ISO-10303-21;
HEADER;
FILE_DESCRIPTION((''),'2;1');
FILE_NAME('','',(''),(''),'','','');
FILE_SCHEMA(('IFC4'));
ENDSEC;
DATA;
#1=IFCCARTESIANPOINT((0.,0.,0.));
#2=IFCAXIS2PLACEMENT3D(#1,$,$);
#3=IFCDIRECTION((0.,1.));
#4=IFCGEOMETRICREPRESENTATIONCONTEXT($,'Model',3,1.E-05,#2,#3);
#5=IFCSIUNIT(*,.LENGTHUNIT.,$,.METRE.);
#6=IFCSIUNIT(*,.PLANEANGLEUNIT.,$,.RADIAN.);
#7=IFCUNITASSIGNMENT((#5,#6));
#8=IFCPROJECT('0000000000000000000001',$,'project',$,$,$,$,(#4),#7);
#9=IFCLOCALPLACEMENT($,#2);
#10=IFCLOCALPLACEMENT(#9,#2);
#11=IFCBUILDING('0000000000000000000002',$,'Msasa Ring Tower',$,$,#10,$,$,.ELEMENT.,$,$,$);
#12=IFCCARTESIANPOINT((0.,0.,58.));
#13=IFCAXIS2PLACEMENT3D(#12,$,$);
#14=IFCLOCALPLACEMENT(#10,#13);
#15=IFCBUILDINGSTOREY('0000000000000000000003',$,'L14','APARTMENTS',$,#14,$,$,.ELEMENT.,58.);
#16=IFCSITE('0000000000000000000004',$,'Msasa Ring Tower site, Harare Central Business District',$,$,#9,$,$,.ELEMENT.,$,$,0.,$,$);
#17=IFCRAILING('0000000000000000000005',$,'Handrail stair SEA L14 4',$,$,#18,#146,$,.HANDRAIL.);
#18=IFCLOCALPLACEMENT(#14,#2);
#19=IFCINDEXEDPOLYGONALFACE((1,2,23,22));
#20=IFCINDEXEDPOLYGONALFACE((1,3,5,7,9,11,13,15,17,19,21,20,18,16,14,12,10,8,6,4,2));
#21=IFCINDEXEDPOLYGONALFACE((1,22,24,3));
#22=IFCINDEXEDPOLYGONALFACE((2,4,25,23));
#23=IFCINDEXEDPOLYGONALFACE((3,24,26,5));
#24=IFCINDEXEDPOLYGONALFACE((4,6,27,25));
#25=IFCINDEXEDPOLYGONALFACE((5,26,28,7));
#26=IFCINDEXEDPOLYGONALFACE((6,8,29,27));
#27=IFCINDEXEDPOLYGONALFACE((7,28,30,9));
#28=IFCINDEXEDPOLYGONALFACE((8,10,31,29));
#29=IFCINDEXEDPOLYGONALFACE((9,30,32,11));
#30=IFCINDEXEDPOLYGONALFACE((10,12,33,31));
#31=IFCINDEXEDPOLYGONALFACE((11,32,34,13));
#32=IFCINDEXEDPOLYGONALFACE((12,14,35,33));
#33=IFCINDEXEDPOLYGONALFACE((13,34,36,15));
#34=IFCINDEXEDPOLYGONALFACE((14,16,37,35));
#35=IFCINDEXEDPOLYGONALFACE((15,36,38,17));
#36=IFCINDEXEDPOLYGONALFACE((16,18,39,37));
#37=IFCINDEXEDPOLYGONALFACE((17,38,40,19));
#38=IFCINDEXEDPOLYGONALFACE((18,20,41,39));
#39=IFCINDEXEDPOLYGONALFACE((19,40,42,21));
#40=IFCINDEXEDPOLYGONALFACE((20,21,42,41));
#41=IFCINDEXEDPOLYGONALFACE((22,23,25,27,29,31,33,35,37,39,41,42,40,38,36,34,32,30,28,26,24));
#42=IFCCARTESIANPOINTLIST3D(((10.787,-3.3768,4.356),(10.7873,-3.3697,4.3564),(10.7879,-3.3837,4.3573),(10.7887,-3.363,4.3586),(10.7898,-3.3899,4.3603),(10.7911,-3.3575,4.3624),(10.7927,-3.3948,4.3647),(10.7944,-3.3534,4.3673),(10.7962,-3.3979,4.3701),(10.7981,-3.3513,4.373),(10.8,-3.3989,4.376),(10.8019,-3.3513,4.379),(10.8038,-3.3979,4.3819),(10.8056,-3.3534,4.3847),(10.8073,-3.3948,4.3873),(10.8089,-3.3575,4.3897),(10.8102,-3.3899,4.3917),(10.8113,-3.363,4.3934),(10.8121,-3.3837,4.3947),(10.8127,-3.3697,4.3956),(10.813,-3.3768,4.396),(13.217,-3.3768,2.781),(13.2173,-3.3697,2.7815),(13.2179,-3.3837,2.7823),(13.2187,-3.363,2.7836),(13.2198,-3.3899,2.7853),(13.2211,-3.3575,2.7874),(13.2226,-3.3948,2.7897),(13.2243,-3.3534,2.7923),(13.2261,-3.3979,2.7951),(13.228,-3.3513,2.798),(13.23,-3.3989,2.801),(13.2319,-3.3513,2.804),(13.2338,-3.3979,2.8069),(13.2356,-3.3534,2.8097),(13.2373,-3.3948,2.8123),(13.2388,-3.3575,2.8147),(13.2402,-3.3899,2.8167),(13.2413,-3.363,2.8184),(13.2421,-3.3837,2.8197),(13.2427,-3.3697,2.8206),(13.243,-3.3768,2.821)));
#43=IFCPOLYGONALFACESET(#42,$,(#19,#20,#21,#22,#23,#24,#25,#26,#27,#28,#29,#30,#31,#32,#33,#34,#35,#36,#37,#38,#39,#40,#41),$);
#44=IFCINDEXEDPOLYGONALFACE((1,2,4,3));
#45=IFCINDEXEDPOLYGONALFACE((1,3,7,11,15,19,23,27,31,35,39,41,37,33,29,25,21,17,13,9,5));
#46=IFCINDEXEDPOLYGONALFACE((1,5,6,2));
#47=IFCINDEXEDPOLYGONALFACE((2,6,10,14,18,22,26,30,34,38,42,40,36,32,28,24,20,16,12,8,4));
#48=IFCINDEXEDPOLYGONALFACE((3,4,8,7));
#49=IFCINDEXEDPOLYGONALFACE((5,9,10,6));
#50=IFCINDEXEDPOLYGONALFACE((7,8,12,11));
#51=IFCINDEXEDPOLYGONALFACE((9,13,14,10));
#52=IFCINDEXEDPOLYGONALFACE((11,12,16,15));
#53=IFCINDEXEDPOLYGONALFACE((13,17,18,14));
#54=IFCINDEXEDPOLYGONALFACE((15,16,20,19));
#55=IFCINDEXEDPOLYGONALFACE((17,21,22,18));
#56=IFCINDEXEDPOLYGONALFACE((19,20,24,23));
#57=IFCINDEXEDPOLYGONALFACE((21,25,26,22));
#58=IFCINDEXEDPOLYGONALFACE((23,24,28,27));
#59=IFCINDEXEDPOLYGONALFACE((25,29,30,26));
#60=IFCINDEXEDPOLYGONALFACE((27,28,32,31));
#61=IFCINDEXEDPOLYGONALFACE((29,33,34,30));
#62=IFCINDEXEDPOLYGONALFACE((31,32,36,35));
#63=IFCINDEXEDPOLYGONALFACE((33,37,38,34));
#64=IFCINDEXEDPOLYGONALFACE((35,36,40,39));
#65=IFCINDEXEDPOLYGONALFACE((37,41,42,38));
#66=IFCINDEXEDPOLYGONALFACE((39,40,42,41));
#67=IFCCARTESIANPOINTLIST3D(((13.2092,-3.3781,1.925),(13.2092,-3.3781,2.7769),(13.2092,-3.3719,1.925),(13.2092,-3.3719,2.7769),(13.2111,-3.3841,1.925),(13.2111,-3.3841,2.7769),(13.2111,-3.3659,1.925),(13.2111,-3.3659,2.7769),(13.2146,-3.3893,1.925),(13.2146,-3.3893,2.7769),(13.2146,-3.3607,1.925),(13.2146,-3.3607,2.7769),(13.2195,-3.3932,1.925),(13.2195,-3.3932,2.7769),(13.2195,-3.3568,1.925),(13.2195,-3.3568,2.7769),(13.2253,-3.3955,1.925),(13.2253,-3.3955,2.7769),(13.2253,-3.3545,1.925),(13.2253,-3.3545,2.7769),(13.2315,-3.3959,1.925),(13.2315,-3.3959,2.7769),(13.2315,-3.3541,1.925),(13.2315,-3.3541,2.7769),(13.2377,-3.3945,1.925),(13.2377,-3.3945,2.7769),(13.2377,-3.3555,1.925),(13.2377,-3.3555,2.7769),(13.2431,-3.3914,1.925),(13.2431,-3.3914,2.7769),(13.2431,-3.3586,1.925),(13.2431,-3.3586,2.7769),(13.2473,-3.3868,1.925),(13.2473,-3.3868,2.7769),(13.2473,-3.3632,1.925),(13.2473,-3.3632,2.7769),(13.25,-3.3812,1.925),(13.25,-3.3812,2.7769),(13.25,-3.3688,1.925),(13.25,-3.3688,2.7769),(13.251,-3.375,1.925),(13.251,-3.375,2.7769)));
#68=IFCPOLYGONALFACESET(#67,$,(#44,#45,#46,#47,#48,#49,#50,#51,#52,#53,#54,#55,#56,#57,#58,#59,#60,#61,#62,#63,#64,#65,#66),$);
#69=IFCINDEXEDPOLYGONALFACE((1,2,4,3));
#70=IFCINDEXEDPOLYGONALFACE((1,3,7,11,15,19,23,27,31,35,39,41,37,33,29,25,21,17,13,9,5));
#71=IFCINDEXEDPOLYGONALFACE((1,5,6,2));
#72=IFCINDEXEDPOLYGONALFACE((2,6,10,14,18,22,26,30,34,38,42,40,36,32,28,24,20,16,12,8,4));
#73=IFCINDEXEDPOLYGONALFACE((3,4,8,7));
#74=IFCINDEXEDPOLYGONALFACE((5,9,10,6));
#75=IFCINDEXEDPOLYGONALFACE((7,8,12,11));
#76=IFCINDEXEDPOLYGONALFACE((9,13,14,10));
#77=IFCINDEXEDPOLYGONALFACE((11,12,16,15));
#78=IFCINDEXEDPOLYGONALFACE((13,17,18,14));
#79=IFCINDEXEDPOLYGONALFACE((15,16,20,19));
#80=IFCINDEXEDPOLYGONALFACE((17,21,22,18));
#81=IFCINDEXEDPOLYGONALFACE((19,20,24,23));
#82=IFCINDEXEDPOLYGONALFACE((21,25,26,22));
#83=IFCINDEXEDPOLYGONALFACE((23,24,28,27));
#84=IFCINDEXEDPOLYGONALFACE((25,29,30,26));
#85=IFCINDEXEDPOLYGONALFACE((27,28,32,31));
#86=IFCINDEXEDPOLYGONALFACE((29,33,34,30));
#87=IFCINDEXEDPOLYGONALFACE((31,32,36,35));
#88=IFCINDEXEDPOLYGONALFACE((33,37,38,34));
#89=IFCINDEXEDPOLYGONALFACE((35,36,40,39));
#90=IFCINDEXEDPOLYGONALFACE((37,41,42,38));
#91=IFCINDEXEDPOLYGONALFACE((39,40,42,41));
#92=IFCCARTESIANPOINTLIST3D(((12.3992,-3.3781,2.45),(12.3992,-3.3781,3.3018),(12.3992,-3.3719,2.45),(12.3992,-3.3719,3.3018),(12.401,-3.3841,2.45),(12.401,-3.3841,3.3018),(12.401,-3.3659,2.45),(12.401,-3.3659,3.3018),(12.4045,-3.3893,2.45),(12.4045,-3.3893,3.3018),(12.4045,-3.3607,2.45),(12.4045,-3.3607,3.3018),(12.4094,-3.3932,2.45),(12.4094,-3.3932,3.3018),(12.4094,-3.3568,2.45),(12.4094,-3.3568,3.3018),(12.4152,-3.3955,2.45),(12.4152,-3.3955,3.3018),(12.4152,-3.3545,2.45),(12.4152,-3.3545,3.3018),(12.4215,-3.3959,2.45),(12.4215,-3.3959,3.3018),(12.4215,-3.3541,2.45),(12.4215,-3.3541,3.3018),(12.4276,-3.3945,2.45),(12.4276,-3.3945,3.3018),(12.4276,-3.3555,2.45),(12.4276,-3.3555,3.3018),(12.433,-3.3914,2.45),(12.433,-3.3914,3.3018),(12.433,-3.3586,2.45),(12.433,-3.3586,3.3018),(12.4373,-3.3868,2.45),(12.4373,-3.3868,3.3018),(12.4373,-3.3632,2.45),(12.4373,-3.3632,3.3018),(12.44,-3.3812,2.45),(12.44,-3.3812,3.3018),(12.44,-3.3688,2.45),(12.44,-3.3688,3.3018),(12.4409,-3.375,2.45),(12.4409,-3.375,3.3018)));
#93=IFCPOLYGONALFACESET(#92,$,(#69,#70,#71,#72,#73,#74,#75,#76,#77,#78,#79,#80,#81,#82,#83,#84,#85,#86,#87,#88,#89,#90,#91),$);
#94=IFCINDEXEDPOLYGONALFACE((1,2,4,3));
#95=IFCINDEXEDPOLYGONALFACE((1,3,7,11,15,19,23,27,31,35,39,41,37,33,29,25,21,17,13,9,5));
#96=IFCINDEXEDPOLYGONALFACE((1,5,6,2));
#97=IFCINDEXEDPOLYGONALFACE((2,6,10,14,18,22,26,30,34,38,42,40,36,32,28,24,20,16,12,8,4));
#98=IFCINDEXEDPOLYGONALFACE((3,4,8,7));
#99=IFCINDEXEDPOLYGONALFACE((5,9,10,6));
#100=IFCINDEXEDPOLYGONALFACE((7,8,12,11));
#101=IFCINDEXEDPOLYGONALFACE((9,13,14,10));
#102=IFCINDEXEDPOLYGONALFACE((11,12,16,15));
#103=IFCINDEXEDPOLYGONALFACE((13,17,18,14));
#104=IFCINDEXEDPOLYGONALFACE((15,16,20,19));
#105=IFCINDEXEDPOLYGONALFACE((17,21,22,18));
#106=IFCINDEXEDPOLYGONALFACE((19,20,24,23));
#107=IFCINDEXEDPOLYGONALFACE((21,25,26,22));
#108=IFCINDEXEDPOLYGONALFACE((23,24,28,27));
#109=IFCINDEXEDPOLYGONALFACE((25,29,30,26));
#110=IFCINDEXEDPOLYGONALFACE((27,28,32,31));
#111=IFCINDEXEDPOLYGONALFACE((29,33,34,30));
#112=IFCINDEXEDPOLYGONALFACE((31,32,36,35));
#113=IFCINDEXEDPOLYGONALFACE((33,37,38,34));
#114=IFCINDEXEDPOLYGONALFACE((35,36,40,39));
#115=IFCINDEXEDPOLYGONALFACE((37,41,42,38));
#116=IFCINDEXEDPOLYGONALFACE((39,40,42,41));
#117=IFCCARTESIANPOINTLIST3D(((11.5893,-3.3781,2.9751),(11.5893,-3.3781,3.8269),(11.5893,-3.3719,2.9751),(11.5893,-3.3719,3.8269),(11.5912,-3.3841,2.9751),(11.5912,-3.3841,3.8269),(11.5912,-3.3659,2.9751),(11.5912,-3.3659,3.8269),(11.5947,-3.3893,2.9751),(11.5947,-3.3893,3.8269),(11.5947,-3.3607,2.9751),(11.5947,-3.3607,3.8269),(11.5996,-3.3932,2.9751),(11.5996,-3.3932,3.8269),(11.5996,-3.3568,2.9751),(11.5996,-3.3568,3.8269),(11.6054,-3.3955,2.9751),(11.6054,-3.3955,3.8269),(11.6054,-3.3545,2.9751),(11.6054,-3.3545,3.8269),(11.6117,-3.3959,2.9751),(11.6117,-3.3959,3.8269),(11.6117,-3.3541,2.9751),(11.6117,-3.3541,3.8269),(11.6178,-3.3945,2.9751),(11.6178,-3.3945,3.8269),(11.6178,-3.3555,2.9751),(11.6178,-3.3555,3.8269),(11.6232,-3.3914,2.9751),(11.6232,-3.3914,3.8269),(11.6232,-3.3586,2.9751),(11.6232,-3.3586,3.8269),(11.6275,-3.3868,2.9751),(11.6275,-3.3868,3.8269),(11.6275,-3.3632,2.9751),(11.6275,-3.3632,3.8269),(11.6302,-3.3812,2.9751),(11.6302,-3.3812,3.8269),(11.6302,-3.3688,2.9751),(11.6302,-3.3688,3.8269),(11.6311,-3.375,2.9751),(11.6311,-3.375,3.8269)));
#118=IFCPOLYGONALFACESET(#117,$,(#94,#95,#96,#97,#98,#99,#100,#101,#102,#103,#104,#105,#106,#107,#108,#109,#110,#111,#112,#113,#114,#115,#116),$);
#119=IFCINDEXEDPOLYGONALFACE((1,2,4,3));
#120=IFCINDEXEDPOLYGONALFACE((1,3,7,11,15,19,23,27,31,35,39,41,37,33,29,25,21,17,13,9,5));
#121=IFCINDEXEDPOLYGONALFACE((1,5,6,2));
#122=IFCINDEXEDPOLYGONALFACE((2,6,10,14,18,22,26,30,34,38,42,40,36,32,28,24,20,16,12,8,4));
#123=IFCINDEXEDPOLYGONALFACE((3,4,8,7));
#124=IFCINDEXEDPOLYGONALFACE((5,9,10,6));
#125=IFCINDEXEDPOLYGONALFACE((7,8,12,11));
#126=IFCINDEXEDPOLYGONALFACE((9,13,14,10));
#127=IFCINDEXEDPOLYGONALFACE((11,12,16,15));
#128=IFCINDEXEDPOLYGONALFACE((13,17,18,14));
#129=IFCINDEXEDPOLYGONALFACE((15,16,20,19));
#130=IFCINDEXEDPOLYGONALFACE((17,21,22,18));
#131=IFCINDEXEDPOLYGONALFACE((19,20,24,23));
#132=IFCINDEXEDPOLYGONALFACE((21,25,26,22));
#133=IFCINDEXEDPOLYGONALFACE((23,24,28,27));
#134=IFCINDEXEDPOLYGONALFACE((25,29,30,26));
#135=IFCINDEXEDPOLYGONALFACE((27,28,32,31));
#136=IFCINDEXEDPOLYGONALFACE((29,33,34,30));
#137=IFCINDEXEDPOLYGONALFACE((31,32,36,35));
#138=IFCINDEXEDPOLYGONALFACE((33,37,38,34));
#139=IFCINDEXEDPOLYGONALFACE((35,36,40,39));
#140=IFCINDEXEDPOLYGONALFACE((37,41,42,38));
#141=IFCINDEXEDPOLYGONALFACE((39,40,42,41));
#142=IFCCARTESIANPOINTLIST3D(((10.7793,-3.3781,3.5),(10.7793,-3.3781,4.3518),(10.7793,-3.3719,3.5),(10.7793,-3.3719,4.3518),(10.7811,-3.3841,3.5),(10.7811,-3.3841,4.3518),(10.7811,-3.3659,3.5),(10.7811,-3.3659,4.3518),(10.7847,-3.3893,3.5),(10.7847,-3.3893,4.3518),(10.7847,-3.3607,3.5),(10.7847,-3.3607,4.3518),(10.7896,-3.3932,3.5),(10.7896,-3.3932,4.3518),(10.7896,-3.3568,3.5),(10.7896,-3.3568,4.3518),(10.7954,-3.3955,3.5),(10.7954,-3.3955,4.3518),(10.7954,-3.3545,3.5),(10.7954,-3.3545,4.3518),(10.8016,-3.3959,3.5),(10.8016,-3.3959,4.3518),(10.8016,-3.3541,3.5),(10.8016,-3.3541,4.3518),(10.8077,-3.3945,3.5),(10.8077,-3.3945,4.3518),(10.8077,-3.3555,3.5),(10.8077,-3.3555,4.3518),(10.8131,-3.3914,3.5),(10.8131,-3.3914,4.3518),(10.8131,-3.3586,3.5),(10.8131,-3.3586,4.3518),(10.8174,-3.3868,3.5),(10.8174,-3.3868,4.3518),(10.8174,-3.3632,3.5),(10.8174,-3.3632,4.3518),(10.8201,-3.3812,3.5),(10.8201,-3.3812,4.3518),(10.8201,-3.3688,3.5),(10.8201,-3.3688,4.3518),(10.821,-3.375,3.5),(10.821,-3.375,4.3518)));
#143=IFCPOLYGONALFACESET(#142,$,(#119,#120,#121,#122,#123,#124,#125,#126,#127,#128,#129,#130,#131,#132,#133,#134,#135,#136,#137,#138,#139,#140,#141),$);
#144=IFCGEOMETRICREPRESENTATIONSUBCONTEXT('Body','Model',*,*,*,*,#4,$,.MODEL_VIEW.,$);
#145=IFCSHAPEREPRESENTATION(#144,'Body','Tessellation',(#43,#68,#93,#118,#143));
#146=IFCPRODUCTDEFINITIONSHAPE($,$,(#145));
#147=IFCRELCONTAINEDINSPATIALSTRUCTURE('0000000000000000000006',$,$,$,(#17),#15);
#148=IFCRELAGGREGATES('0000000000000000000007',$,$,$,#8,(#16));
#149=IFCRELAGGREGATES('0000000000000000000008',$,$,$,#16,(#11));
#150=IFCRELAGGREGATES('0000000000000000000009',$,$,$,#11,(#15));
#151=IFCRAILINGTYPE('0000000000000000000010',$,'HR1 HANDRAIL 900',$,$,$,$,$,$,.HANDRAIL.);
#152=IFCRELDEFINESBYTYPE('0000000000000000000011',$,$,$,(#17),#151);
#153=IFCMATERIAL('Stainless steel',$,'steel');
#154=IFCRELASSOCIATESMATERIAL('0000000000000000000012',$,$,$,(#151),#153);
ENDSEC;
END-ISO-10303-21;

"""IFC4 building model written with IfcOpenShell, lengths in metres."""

from ifc_helpers import new_model, si_unit, direction, frame, origin, origin_2d, place, context, subcontext, project, spatial, circle, extrude, material, type_object, element, save


model = new_model("IFC4")

# Units and contexts
model_context = context("Model", 3, precision=1e-05, world=origin(), true_north=direction((0.0, 1.0)))
body_context = subcontext(model_context, "Body", "Model", "MODEL_VIEW")
ifc_project = project(units=[si_unit("LENGTHUNIT", "METRE"), si_unit("PLANEANGLEUNIT", "RADIAN")], contexts=[model_context])

# Site, building, storey
site_placement = place(None, origin())
site = spatial("IfcSite", under=ifc_project, at=site_placement, Name="Msasa Ring Tower site, Harare Central Business District", CompositionType="ELEMENT", RefElevation=0.0)
building_placement = place(site_placement, origin())
building = spatial("IfcBuilding", under=site, at=building_placement, Name="Msasa Ring Tower", CompositionType="ELEMENT")
storey_placement = place(building_placement, frame((0.0, 0.0, 58.0)))
storey = spatial("IfcBuildingStorey", under=building, at=storey_placement, Name="L14", Description="APARTMENTS", CompositionType="ELEMENT", Elevation=58.0)

# Railing
ifc_material_1 = material(Name="Stainless steel", Category="steel")
railing_type = type_object("IfcRailingType", Name="HR1 HANDRAIL 900", PredefinedType="HANDRAIL", material=ifc_material_1)
railing_placement = place(storey_placement, frame((13.23, -3.375, 1.925)))
element("IfcRailing", 1, at=railing_placement, inside=storey, type_object=railing_type, Name="Handrail stair SEA L14 4", PredefinedType="HANDRAIL", context=body_context, shape_type="SweptSolid", body=[
    extrude(circle(Radius=0.0239, at=origin_2d()), frame((0.0, 0.0, 0.876), z_axis=(-0.839154, 0.0, 0.543894), x_axis=(0.0, -1.0, 0.0)), (0.0, 0.0, 1.0), 2.8958),
    extrude(circle(Radius=0.021, at=origin_2d()), origin(), (0.0, 0.0, 1.0), 0.8518),
    extrude(circle(Radius=0.021, at=origin_2d()), frame((-0.8101, 0.0, 0.5249)), (0.0, 0.0, 1.0), 0.8518),
    extrude(circle(Radius=0.021, at=origin_2d()), frame((-1.6199, 0.0, 1.05)), (0.0, 0.0, 1.0), 0.8518),
    extrude(circle(Radius=0.021, at=origin_2d()), frame((-2.4299, 0.0, 1.575)), (0.0, 0.0, 1.0), 0.8518),
])

save(model, "model.ifc")
